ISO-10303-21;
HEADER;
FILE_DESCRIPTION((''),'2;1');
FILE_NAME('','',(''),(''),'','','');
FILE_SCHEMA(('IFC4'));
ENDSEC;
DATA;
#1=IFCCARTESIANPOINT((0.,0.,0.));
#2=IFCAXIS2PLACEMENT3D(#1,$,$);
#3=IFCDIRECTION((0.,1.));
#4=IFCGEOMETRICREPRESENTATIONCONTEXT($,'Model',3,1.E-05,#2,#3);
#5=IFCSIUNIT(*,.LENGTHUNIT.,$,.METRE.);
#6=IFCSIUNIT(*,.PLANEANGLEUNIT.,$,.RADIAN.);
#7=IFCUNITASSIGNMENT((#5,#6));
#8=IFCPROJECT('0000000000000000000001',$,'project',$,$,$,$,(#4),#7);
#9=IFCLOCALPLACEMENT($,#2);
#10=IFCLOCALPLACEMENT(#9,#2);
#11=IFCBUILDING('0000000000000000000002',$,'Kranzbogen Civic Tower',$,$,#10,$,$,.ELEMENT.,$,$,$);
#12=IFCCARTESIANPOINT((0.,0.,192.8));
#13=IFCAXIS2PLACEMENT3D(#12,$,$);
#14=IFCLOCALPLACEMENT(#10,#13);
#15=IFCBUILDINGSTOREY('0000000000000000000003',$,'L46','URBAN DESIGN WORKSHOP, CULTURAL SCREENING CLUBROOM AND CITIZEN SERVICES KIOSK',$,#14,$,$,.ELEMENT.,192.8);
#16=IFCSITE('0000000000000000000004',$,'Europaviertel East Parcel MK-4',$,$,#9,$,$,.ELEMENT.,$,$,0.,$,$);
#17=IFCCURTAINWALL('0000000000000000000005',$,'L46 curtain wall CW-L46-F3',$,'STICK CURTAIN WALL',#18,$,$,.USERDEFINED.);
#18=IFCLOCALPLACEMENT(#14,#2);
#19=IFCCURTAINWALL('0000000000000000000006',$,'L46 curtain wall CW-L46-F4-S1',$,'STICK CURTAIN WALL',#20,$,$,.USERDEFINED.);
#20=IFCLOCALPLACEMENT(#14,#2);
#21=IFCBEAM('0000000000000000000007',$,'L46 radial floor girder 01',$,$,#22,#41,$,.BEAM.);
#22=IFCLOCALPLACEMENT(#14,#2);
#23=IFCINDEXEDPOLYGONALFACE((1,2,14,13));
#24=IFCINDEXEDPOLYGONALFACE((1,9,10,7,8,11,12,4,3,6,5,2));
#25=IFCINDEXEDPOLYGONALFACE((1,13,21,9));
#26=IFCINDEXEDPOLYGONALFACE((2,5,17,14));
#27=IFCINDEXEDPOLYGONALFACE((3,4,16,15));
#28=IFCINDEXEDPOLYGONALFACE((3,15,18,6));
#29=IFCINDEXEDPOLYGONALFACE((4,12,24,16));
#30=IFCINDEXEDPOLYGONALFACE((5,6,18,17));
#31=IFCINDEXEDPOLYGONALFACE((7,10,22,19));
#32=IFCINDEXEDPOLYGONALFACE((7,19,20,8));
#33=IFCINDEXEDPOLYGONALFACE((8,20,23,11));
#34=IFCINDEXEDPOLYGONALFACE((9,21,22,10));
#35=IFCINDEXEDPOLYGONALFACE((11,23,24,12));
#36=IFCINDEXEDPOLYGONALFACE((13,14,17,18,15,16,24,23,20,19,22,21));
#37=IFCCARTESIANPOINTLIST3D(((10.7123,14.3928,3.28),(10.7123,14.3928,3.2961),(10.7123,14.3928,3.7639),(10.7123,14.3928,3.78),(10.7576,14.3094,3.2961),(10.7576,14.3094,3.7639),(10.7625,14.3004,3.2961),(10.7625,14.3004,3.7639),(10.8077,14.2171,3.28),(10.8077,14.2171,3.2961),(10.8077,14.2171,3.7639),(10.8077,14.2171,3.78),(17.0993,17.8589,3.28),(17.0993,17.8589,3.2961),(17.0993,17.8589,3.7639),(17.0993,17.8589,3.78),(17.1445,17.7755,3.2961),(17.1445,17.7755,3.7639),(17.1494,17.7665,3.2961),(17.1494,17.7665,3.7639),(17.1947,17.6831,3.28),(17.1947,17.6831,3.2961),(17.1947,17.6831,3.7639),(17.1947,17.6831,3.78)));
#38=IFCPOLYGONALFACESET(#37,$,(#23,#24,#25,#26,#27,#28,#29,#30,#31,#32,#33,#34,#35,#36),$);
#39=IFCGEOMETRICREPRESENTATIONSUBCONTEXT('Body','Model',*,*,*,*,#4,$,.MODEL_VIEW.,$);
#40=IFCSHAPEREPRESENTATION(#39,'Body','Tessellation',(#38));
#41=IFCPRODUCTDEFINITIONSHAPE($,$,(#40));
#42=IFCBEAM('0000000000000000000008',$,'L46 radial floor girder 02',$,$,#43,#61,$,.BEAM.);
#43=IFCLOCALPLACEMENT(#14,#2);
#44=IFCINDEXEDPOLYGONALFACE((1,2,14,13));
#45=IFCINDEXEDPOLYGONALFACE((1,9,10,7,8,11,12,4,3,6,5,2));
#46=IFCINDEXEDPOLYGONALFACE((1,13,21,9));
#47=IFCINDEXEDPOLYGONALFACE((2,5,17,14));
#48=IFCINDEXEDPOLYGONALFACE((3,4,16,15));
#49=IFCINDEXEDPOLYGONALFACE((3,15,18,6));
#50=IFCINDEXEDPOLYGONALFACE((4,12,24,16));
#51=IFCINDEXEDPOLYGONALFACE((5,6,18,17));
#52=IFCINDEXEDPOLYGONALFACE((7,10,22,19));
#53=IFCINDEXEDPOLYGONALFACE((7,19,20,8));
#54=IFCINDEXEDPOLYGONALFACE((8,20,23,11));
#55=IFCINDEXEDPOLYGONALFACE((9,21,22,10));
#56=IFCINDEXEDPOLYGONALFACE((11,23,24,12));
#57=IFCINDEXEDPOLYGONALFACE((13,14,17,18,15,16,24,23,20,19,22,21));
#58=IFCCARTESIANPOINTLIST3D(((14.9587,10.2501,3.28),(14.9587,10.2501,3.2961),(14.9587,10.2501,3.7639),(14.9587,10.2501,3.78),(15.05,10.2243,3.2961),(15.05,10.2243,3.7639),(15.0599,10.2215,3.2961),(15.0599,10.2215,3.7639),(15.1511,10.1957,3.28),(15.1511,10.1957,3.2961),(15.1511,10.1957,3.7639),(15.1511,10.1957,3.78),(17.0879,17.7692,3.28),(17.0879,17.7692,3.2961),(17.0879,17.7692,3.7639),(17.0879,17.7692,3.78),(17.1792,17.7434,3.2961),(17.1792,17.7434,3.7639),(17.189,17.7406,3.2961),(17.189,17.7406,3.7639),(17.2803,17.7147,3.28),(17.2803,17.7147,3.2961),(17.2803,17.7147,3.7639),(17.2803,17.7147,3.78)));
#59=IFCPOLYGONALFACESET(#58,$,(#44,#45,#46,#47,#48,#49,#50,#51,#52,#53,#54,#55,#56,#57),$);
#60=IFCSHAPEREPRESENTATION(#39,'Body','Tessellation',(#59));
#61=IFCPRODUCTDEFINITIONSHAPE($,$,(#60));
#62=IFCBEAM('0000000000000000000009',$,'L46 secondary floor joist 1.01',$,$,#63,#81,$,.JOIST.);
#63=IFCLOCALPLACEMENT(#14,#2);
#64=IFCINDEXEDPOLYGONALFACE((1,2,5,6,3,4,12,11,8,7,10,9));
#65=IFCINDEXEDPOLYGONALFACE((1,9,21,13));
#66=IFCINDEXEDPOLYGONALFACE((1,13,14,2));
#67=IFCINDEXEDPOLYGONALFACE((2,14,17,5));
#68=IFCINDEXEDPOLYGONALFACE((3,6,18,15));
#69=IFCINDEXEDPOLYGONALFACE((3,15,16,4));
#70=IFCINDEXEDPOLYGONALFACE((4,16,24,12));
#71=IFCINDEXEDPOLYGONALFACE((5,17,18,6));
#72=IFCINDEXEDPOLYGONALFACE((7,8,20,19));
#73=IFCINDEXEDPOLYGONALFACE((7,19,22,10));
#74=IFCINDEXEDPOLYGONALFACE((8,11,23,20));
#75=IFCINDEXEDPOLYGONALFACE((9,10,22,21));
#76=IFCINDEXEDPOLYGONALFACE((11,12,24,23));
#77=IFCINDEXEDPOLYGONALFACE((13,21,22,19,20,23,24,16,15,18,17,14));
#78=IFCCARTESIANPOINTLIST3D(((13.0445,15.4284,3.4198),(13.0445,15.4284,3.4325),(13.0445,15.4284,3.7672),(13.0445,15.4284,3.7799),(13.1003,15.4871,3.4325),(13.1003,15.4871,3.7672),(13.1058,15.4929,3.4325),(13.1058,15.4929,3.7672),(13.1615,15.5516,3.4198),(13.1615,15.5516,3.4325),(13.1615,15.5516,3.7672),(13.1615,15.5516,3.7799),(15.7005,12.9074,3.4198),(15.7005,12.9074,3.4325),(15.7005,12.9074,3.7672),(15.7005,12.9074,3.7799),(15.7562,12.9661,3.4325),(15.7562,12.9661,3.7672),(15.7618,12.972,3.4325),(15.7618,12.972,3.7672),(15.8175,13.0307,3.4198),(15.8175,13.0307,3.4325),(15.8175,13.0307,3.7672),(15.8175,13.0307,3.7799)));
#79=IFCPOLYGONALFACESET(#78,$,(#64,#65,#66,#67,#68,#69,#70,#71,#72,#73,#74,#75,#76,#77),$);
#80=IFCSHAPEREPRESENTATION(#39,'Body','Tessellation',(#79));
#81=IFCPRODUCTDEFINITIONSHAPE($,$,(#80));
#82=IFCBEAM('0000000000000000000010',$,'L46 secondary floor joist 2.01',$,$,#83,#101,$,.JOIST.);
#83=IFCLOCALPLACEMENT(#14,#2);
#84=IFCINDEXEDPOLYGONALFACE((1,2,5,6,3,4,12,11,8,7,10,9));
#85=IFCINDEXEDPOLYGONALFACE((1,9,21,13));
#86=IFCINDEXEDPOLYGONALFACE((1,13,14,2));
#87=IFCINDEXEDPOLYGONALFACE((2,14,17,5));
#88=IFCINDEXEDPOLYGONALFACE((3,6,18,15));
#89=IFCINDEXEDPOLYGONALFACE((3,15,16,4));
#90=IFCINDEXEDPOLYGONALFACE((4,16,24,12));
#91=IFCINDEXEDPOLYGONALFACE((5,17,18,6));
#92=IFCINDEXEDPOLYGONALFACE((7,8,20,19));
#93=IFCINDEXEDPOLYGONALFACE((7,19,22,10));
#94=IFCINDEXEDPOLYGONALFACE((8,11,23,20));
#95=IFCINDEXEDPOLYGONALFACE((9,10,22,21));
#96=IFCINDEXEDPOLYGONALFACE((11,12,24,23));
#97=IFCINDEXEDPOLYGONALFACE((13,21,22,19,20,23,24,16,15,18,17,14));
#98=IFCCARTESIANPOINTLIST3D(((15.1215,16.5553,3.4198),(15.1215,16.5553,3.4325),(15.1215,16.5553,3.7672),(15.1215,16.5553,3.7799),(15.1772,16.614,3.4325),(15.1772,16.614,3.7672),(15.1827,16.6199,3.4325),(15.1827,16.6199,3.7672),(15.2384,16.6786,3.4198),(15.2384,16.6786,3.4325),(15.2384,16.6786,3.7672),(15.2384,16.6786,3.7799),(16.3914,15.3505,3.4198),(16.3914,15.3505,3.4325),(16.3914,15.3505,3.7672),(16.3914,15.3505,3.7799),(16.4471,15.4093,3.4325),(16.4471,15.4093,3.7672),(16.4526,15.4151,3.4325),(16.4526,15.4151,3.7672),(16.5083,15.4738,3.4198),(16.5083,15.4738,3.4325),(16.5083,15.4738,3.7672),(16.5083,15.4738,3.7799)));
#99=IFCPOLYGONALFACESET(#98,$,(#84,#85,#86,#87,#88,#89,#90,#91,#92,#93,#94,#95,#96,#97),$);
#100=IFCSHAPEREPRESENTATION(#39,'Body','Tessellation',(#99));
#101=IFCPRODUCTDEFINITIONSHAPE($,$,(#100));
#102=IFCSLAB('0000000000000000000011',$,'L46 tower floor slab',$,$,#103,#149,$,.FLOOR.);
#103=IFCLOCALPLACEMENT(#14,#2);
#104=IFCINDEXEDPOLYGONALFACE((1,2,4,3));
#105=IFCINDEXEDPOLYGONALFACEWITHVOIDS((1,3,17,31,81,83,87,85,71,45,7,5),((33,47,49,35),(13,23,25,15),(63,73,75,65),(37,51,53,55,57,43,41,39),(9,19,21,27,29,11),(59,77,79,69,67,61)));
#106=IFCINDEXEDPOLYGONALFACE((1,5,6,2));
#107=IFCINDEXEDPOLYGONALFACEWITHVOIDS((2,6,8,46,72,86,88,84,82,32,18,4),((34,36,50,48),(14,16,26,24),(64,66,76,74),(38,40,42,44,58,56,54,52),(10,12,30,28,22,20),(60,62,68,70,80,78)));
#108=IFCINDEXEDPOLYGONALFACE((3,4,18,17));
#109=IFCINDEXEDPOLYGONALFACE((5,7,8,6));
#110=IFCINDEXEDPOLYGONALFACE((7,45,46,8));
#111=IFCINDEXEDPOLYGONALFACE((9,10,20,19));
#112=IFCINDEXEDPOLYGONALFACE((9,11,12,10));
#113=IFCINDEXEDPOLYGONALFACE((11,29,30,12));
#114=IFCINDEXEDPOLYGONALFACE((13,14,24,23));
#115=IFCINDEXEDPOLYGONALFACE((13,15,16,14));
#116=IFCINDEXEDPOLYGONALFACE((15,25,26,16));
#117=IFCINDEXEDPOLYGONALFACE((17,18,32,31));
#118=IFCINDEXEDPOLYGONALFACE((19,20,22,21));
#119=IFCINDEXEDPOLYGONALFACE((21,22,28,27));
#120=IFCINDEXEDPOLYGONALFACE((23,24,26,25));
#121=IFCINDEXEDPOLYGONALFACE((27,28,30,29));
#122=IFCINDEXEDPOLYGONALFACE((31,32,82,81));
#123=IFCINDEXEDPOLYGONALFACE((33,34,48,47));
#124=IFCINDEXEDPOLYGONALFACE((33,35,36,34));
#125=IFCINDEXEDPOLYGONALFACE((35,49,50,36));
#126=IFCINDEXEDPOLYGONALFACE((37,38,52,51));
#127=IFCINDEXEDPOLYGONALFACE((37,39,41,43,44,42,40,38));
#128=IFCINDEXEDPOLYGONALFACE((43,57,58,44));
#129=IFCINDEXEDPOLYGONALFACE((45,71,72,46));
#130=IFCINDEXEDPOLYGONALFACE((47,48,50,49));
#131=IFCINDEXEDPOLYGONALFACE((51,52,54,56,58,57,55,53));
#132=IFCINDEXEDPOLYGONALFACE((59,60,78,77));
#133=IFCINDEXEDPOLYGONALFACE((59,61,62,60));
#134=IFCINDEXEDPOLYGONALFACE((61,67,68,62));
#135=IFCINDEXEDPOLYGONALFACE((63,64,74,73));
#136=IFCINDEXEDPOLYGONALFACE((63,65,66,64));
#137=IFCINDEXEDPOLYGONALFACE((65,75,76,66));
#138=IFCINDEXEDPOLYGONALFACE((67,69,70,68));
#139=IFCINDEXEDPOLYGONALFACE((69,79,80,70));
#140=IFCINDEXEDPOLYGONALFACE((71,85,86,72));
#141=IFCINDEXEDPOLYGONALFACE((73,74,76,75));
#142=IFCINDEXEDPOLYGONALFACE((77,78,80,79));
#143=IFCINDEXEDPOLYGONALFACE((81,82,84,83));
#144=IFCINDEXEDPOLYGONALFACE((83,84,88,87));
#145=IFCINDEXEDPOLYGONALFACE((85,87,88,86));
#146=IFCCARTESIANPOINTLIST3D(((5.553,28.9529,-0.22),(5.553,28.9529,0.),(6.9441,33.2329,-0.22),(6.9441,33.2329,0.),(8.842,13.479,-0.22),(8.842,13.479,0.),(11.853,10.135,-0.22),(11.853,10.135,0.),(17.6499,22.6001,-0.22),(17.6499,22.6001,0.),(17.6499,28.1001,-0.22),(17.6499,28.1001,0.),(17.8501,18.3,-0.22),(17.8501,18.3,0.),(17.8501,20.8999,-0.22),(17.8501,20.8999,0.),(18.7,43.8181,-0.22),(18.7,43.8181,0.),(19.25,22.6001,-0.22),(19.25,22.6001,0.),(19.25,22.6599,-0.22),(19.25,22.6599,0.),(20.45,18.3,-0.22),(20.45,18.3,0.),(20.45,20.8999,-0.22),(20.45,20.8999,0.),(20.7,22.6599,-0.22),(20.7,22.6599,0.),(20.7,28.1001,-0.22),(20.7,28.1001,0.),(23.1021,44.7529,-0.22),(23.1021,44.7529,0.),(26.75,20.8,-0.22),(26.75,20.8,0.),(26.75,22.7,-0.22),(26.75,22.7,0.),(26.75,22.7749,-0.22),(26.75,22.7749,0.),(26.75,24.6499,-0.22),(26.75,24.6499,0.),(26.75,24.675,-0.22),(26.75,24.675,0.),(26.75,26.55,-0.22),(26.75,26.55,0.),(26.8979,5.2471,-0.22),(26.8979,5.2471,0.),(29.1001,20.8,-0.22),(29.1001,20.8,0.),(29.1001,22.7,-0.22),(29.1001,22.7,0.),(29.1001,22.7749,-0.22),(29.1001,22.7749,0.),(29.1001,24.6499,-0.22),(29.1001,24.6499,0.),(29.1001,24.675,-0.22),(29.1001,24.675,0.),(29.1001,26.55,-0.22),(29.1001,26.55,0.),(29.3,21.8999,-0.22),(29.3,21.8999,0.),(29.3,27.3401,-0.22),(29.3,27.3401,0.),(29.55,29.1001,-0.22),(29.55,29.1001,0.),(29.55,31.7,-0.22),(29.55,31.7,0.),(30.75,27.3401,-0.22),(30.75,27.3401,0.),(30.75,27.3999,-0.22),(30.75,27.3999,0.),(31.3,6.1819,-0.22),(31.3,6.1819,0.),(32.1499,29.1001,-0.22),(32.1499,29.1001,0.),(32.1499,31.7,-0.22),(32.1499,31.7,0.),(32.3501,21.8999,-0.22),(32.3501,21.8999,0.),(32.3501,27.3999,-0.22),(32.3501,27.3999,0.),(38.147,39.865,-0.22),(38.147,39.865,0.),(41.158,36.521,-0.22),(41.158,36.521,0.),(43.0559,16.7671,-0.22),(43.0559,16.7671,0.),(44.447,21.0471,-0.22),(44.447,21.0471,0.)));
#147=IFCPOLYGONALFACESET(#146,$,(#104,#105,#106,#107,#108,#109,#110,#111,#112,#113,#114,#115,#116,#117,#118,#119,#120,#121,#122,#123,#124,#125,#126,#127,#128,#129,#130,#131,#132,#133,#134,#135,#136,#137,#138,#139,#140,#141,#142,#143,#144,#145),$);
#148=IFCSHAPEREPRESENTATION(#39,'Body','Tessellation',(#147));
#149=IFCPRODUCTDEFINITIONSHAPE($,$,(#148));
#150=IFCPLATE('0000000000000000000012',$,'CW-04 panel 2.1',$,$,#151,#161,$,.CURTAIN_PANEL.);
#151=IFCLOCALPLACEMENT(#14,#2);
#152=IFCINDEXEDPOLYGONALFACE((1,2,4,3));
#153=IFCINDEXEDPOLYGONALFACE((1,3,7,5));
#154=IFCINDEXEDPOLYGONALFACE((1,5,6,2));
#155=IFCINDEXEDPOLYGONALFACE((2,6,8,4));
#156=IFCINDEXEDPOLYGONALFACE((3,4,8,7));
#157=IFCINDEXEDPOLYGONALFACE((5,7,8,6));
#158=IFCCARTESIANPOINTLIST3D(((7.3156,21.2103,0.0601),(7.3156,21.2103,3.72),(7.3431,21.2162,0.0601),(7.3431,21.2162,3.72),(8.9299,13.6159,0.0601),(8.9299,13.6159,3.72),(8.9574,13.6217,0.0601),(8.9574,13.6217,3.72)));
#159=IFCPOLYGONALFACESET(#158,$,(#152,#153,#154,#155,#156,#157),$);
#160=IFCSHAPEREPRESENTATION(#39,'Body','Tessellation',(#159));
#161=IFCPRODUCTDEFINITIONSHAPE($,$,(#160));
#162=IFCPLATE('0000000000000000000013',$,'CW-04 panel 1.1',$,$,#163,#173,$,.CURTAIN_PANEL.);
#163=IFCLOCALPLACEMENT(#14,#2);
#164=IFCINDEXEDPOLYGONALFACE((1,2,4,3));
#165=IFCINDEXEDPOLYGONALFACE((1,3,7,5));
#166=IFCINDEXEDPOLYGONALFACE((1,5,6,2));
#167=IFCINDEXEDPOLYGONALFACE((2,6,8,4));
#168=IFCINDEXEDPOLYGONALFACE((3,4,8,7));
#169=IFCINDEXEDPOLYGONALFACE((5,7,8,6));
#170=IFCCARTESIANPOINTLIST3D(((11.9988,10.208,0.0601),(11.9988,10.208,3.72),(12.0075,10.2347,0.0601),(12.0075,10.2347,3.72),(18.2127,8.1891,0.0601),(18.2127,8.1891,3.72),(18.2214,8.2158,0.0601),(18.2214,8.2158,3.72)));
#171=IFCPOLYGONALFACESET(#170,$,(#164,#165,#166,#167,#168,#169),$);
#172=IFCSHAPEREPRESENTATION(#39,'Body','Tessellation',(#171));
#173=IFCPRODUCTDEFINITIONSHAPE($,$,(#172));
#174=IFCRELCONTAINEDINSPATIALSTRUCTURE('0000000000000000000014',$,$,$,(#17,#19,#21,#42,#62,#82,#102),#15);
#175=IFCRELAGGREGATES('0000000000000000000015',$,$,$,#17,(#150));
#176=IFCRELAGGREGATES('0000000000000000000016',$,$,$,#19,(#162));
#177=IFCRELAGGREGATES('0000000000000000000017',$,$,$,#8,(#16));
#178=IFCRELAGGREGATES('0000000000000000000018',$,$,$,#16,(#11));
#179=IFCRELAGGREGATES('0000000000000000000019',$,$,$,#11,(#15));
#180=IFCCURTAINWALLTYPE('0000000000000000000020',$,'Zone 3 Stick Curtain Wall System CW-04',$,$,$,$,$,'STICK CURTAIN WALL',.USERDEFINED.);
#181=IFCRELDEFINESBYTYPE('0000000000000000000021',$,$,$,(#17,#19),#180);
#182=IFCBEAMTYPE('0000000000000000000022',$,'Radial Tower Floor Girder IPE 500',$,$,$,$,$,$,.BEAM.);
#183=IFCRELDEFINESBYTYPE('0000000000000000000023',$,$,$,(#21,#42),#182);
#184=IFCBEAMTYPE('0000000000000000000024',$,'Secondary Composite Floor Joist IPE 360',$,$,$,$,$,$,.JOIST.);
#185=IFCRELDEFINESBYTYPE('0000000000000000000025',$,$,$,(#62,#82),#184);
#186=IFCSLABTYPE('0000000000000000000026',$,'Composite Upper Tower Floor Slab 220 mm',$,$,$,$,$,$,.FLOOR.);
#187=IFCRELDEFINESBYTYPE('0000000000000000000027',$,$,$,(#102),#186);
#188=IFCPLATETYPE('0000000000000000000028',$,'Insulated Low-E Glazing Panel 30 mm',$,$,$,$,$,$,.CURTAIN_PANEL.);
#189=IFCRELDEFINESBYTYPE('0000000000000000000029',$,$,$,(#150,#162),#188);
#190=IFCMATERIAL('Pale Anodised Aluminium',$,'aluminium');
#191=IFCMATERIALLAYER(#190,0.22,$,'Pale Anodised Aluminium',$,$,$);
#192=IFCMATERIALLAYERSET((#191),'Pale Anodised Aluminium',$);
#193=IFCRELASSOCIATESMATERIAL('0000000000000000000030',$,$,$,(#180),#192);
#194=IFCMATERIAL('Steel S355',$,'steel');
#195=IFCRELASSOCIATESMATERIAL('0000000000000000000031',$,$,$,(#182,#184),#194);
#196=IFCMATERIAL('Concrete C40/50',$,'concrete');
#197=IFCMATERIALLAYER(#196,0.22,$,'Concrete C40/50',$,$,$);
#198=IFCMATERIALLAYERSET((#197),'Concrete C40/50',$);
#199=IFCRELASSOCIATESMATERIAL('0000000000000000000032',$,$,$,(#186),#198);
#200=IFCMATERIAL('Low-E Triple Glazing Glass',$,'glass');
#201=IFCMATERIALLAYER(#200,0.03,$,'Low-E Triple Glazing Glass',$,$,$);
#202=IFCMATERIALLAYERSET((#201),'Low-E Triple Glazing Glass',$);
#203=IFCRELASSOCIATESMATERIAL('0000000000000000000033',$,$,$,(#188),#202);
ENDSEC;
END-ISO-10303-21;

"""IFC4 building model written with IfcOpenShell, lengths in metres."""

from ifc_helpers import new_model, si_unit, direction, frame, origin, origin_2d, place, context, subcontext, project, spatial, polyline, rectangle, i_section, outline, extrude, material, layer, layer_set, material_profile, profile_set, type_object, element, aggregate, save


model = new_model("IFC4")

# Units and contexts
model_context = context("Model", 3, precision=1e-05, world=origin(), true_north=direction((0.0, 1.0)))
body_context = subcontext(model_context, "Body", "Model", "MODEL_VIEW")
ifc_project = project(units=[si_unit("LENGTHUNIT", "METRE"), si_unit("PLANEANGLEUNIT", "RADIAN")], contexts=[model_context])

# Site, building, storey
site_placement = place(None, origin())
site = spatial("IfcSite", under=ifc_project, at=site_placement, Name="Europaviertel East Parcel MK-4", CompositionType="ELEMENT", RefElevation=0.0)
building_placement = place(site_placement, origin())
building = spatial("IfcBuilding", under=site, at=building_placement, Name="Kranzbogen Civic Tower", CompositionType="ELEMENT")
storey_placement = place(building_placement, frame((0.0, 0.0, 192.8)))
storey = spatial("IfcBuildingStorey", under=building, at=storey_placement, Name="L46", Description="URBAN DESIGN WORKSHOP, CULTURAL SCREENING CLUBROOM AND CITIZEN SERVICES KIOSK", CompositionType="ELEMENT", Elevation=192.8)

# Shared definitions
ifc_material_1 = material(Name="Steel S355", Category="steel")

# Curtain wall
ifc_material_2 = material(Name="Pale Anodised Aluminium", Category="aluminium")
ifc_layer_1 = layer(ifc_material_2, 0.22, Name="Pale Anodised Aluminium")
ifc_layer_set_1 = layer_set([ifc_layer_1], Name="Pale Anodised Aluminium")
curtain_wall_type = type_object("IfcCurtainWallType", Name="Zone 3 Stick Curtain Wall System CW-04", ElementType="STICK CURTAIN WALL", PredefinedType="USERDEFINED", material=ifc_layer_set_1)
curtain_wall_1_placement = place(storey_placement, origin())
curtain_wall_1 = element("IfcCurtainWall", 1, at=curtain_wall_1_placement, inside=storey, type_object=curtain_wall_type, Name="L46 curtain wall CW-L46-F3", ObjectType="STICK CURTAIN WALL", PredefinedType="USERDEFINED")

# Curtain wall
curtain_wall_2_placement = place(storey_placement, origin())
curtain_wall_2 = element("IfcCurtainWall", 2, at=curtain_wall_2_placement, inside=storey, type_object=curtain_wall_type, Name="L46 curtain wall CW-L46-F4-S1", ObjectType="STICK CURTAIN WALL", PredefinedType="USERDEFINED")

# Beams
ifc_material_profile_1 = material_profile(ifc_material_1, i_section(OverallWidth=0.2, OverallDepth=0.5, WebThickness=0.0103, FlangeThickness=0.0161, at=origin_2d()), Name="IPE 500")
ifc_profile_set_1 = profile_set([ifc_material_profile_1], Name="Steel S355")
beam_type_1 = type_object("IfcBeamType", Name="Radial Tower Floor Girder IPE 500", PredefinedType="BEAM", material=ifc_profile_set_1)
beam_1_placement = place(storey_placement, frame((10.76, 14.3049, 3.53), z_axis=(0.878919, 0.47697, 0.0), x_axis=(-0.47697, 0.878919, 0.0)))
element("IfcBeam", 3, at=beam_1_placement, inside=storey, type_object=beam_type_1, Name="L46 radial floor girder 01", PredefinedType="BEAM", context=body_context, shape_type="SweptSolid", body=[
    extrude(i_section(OverallWidth=0.2, OverallDepth=0.5, WebThickness=0.0103, FlangeThickness=0.0161, at=origin_2d()), origin(), (0.0, 0.0, 1.0), 7.2668),
])
beam_2_placement = place(storey_placement, frame((15.0549, 10.2229, 3.53), z_axis=(0.272455, 0.962169, 0.0), x_axis=(-0.962169, 0.272455, 0.0)))
element("IfcBeam", 4, at=beam_2_placement, inside=storey, type_object=beam_type_1, Name="L46 radial floor girder 02", PredefinedType="BEAM", context=body_context, shape_type="SweptSolid", body=[
    extrude(i_section(OverallWidth=0.2, OverallDepth=0.5, WebThickness=0.0103, FlangeThickness=0.0161, at=origin_2d()), origin(), (0.0, 0.0, 1.0), 7.8147),
])
ifc_material_profile_2 = material_profile(ifc_material_1, i_section(OverallWidth=0.1699, OverallDepth=0.3601, WebThickness=0.0081, FlangeThickness=0.0127, at=origin_2d()), Name="IPE 360")
ifc_profile_set_2 = profile_set([ifc_material_profile_2], Name="Steel S355")
beam_type_2 = type_object("IfcBeamType", Name="Secondary Composite Floor Joist IPE 360", PredefinedType="JOIST", material=ifc_profile_set_2)
beam_3_placement = place(storey_placement, frame((13.103, 15.49, 3.5999), z_axis=(0.725301, -0.688432, 0.0), x_axis=(0.688432, 0.725301, 0.0)))
element("IfcBeam", 5, at=beam_3_placement, inside=storey, type_object=beam_type_2, Name="L46 secondary floor joist 1.01", PredefinedType="JOIST", context=body_context, shape_type="SweptSolid", body=[
    extrude(i_section(OverallWidth=0.1699, OverallDepth=0.3601, WebThickness=0.0081, FlangeThickness=0.0127, at=origin_2d()), origin(), (0.0, 0.0, 1.0), 3.6619),
])
beam_4_placement = place(storey_placement, frame((15.1799, 16.6169, 3.5999), z_axis=(0.72548, -0.688243, 0.0), x_axis=(0.688243, 0.72548, 0.0)))
element("IfcBeam", 6, at=beam_4_placement, inside=storey, type_object=beam_type_2, Name="L46 secondary floor joist 2.01", PredefinedType="JOIST", context=body_context, shape_type="SweptSolid", body=[
    extrude(i_section(OverallWidth=0.1699, OverallDepth=0.3601, WebThickness=0.0081, FlangeThickness=0.0127, at=origin_2d()), origin(), (0.0, 0.0, 1.0), 1.7505),
])

# Slab
ifc_material_3 = material(Name="Concrete C40/50", Category="concrete")
ifc_layer_2 = layer(ifc_material_3, 0.22, Name="Concrete C40/50")
ifc_layer_set_2 = layer_set([ifc_layer_2], Name="Concrete C40/50")
slab_type_1 = type_object("IfcSlabType", Name="Composite Upper Tower Floor Slab 220 mm", PredefinedType="FLOOR", material=ifc_layer_set_2)
slab_1_placement = place(storey_placement, frame((0.0, 0.0, -0.22)))
element("IfcSlab", 7, at=slab_1_placement, inside=storey, type_object=slab_type_1, Name="L46 tower floor slab", PredefinedType="FLOOR", context=body_context, shape_type="SweptSolid", body=[
    extrude(outline(polyline([(38.147, 39.865), (23.1021, 44.7529), (18.7, 43.8181), (6.9441, 33.2329), (5.553, 28.9529), (8.842, 13.479), (11.853, 10.135), (26.8979, 5.2471), (31.3, 6.1819), (43.0559, 16.7671), (44.447, 21.0471), (41.158, 36.521), (38.147, 39.865)]), holes=[polyline([(17.8501, 20.8999), (20.45, 20.8999), (20.45, 18.3), (17.8501, 18.3), (17.8501, 20.8999)]), polyline([(29.1001, 22.7), (29.1001, 20.8), (26.75, 20.8), (26.75, 22.7), (29.1001, 22.7)]), polyline([(29.1001, 24.6499), (29.1001, 22.7749), (26.75, 22.7749), (26.75, 24.6499), (26.75, 24.675), (26.75, 26.55), (29.1001, 26.55), (29.1001, 24.675), (29.1001, 24.6499)]), polyline([(29.3, 27.3401), (30.75, 27.3401), (30.75, 27.3999), (32.3501, 27.3999), (32.3501, 21.8999), (29.3, 21.8999), (29.3, 27.3401)]), polyline([(20.7, 22.6599), (19.25, 22.6599), (19.25, 22.6001), (17.6499, 22.6001), (17.6499, 28.1001), (20.7, 28.1001), (20.7, 22.6599)]), polyline([(32.1499, 31.7), (32.1499, 29.1001), (29.55, 29.1001), (29.55, 31.7), (32.1499, 31.7)])]), origin(), (0.0, 0.0, 1.0), 0.22),
])

# Plates
ifc_material_4 = material(Name="Low-E Triple Glazing Glass", Category="glass")
ifc_layer_3 = layer(ifc_material_4, 0.03, Name="Low-E Triple Glazing Glass")
ifc_layer_set_3 = layer_set([ifc_layer_3], Name="Low-E Triple Glazing Glass")
plate_type = type_object("IfcPlateType", Name="Insulated Low-E Glazing Panel 30 mm", PredefinedType="CURTAIN_PANEL", material=ifc_layer_set_3)
plate_1_placement = place(storey_placement, frame((8.1365, 17.416, 0.0601), z_axis=(0.0, 0.0, 1.0), x_axis=(0.207916, -0.978147, 0.0)))
plate_1 = element("IfcPlate", 8, at=plate_1_placement, type_object=plate_type, Name="CW-04 panel 2.1", PredefinedType="CURTAIN_PANEL", context=body_context, shape_type="SweptSolid", body=[
    extrude(rectangle(XDim=7.7642, YDim=0.0281, at=origin_2d()), origin(), (0.0, 0.0, 1.0), 3.6599),
])
aggregate(curtain_wall_1, [plate_1])
plate_2_placement = place(storey_placement, frame((15.1101, 9.2119, 0.0601), z_axis=(0.0, 0.0, 1.0), x_axis=(0.951061, -0.309005, 0.0)))
plate_2 = element("IfcPlate", 9, at=plate_2_placement, type_object=plate_type, Name="CW-04 panel 1.1", PredefinedType="CURTAIN_PANEL", context=body_context, shape_type="SweptSolid", body=[
    extrude(rectangle(XDim=6.5337, YDim=0.0281, at=origin_2d()), origin(), (0.0, 0.0, 1.0), 3.6599),
])
aggregate(curtain_wall_2, [plate_2])

save(model, "model.ifc")
